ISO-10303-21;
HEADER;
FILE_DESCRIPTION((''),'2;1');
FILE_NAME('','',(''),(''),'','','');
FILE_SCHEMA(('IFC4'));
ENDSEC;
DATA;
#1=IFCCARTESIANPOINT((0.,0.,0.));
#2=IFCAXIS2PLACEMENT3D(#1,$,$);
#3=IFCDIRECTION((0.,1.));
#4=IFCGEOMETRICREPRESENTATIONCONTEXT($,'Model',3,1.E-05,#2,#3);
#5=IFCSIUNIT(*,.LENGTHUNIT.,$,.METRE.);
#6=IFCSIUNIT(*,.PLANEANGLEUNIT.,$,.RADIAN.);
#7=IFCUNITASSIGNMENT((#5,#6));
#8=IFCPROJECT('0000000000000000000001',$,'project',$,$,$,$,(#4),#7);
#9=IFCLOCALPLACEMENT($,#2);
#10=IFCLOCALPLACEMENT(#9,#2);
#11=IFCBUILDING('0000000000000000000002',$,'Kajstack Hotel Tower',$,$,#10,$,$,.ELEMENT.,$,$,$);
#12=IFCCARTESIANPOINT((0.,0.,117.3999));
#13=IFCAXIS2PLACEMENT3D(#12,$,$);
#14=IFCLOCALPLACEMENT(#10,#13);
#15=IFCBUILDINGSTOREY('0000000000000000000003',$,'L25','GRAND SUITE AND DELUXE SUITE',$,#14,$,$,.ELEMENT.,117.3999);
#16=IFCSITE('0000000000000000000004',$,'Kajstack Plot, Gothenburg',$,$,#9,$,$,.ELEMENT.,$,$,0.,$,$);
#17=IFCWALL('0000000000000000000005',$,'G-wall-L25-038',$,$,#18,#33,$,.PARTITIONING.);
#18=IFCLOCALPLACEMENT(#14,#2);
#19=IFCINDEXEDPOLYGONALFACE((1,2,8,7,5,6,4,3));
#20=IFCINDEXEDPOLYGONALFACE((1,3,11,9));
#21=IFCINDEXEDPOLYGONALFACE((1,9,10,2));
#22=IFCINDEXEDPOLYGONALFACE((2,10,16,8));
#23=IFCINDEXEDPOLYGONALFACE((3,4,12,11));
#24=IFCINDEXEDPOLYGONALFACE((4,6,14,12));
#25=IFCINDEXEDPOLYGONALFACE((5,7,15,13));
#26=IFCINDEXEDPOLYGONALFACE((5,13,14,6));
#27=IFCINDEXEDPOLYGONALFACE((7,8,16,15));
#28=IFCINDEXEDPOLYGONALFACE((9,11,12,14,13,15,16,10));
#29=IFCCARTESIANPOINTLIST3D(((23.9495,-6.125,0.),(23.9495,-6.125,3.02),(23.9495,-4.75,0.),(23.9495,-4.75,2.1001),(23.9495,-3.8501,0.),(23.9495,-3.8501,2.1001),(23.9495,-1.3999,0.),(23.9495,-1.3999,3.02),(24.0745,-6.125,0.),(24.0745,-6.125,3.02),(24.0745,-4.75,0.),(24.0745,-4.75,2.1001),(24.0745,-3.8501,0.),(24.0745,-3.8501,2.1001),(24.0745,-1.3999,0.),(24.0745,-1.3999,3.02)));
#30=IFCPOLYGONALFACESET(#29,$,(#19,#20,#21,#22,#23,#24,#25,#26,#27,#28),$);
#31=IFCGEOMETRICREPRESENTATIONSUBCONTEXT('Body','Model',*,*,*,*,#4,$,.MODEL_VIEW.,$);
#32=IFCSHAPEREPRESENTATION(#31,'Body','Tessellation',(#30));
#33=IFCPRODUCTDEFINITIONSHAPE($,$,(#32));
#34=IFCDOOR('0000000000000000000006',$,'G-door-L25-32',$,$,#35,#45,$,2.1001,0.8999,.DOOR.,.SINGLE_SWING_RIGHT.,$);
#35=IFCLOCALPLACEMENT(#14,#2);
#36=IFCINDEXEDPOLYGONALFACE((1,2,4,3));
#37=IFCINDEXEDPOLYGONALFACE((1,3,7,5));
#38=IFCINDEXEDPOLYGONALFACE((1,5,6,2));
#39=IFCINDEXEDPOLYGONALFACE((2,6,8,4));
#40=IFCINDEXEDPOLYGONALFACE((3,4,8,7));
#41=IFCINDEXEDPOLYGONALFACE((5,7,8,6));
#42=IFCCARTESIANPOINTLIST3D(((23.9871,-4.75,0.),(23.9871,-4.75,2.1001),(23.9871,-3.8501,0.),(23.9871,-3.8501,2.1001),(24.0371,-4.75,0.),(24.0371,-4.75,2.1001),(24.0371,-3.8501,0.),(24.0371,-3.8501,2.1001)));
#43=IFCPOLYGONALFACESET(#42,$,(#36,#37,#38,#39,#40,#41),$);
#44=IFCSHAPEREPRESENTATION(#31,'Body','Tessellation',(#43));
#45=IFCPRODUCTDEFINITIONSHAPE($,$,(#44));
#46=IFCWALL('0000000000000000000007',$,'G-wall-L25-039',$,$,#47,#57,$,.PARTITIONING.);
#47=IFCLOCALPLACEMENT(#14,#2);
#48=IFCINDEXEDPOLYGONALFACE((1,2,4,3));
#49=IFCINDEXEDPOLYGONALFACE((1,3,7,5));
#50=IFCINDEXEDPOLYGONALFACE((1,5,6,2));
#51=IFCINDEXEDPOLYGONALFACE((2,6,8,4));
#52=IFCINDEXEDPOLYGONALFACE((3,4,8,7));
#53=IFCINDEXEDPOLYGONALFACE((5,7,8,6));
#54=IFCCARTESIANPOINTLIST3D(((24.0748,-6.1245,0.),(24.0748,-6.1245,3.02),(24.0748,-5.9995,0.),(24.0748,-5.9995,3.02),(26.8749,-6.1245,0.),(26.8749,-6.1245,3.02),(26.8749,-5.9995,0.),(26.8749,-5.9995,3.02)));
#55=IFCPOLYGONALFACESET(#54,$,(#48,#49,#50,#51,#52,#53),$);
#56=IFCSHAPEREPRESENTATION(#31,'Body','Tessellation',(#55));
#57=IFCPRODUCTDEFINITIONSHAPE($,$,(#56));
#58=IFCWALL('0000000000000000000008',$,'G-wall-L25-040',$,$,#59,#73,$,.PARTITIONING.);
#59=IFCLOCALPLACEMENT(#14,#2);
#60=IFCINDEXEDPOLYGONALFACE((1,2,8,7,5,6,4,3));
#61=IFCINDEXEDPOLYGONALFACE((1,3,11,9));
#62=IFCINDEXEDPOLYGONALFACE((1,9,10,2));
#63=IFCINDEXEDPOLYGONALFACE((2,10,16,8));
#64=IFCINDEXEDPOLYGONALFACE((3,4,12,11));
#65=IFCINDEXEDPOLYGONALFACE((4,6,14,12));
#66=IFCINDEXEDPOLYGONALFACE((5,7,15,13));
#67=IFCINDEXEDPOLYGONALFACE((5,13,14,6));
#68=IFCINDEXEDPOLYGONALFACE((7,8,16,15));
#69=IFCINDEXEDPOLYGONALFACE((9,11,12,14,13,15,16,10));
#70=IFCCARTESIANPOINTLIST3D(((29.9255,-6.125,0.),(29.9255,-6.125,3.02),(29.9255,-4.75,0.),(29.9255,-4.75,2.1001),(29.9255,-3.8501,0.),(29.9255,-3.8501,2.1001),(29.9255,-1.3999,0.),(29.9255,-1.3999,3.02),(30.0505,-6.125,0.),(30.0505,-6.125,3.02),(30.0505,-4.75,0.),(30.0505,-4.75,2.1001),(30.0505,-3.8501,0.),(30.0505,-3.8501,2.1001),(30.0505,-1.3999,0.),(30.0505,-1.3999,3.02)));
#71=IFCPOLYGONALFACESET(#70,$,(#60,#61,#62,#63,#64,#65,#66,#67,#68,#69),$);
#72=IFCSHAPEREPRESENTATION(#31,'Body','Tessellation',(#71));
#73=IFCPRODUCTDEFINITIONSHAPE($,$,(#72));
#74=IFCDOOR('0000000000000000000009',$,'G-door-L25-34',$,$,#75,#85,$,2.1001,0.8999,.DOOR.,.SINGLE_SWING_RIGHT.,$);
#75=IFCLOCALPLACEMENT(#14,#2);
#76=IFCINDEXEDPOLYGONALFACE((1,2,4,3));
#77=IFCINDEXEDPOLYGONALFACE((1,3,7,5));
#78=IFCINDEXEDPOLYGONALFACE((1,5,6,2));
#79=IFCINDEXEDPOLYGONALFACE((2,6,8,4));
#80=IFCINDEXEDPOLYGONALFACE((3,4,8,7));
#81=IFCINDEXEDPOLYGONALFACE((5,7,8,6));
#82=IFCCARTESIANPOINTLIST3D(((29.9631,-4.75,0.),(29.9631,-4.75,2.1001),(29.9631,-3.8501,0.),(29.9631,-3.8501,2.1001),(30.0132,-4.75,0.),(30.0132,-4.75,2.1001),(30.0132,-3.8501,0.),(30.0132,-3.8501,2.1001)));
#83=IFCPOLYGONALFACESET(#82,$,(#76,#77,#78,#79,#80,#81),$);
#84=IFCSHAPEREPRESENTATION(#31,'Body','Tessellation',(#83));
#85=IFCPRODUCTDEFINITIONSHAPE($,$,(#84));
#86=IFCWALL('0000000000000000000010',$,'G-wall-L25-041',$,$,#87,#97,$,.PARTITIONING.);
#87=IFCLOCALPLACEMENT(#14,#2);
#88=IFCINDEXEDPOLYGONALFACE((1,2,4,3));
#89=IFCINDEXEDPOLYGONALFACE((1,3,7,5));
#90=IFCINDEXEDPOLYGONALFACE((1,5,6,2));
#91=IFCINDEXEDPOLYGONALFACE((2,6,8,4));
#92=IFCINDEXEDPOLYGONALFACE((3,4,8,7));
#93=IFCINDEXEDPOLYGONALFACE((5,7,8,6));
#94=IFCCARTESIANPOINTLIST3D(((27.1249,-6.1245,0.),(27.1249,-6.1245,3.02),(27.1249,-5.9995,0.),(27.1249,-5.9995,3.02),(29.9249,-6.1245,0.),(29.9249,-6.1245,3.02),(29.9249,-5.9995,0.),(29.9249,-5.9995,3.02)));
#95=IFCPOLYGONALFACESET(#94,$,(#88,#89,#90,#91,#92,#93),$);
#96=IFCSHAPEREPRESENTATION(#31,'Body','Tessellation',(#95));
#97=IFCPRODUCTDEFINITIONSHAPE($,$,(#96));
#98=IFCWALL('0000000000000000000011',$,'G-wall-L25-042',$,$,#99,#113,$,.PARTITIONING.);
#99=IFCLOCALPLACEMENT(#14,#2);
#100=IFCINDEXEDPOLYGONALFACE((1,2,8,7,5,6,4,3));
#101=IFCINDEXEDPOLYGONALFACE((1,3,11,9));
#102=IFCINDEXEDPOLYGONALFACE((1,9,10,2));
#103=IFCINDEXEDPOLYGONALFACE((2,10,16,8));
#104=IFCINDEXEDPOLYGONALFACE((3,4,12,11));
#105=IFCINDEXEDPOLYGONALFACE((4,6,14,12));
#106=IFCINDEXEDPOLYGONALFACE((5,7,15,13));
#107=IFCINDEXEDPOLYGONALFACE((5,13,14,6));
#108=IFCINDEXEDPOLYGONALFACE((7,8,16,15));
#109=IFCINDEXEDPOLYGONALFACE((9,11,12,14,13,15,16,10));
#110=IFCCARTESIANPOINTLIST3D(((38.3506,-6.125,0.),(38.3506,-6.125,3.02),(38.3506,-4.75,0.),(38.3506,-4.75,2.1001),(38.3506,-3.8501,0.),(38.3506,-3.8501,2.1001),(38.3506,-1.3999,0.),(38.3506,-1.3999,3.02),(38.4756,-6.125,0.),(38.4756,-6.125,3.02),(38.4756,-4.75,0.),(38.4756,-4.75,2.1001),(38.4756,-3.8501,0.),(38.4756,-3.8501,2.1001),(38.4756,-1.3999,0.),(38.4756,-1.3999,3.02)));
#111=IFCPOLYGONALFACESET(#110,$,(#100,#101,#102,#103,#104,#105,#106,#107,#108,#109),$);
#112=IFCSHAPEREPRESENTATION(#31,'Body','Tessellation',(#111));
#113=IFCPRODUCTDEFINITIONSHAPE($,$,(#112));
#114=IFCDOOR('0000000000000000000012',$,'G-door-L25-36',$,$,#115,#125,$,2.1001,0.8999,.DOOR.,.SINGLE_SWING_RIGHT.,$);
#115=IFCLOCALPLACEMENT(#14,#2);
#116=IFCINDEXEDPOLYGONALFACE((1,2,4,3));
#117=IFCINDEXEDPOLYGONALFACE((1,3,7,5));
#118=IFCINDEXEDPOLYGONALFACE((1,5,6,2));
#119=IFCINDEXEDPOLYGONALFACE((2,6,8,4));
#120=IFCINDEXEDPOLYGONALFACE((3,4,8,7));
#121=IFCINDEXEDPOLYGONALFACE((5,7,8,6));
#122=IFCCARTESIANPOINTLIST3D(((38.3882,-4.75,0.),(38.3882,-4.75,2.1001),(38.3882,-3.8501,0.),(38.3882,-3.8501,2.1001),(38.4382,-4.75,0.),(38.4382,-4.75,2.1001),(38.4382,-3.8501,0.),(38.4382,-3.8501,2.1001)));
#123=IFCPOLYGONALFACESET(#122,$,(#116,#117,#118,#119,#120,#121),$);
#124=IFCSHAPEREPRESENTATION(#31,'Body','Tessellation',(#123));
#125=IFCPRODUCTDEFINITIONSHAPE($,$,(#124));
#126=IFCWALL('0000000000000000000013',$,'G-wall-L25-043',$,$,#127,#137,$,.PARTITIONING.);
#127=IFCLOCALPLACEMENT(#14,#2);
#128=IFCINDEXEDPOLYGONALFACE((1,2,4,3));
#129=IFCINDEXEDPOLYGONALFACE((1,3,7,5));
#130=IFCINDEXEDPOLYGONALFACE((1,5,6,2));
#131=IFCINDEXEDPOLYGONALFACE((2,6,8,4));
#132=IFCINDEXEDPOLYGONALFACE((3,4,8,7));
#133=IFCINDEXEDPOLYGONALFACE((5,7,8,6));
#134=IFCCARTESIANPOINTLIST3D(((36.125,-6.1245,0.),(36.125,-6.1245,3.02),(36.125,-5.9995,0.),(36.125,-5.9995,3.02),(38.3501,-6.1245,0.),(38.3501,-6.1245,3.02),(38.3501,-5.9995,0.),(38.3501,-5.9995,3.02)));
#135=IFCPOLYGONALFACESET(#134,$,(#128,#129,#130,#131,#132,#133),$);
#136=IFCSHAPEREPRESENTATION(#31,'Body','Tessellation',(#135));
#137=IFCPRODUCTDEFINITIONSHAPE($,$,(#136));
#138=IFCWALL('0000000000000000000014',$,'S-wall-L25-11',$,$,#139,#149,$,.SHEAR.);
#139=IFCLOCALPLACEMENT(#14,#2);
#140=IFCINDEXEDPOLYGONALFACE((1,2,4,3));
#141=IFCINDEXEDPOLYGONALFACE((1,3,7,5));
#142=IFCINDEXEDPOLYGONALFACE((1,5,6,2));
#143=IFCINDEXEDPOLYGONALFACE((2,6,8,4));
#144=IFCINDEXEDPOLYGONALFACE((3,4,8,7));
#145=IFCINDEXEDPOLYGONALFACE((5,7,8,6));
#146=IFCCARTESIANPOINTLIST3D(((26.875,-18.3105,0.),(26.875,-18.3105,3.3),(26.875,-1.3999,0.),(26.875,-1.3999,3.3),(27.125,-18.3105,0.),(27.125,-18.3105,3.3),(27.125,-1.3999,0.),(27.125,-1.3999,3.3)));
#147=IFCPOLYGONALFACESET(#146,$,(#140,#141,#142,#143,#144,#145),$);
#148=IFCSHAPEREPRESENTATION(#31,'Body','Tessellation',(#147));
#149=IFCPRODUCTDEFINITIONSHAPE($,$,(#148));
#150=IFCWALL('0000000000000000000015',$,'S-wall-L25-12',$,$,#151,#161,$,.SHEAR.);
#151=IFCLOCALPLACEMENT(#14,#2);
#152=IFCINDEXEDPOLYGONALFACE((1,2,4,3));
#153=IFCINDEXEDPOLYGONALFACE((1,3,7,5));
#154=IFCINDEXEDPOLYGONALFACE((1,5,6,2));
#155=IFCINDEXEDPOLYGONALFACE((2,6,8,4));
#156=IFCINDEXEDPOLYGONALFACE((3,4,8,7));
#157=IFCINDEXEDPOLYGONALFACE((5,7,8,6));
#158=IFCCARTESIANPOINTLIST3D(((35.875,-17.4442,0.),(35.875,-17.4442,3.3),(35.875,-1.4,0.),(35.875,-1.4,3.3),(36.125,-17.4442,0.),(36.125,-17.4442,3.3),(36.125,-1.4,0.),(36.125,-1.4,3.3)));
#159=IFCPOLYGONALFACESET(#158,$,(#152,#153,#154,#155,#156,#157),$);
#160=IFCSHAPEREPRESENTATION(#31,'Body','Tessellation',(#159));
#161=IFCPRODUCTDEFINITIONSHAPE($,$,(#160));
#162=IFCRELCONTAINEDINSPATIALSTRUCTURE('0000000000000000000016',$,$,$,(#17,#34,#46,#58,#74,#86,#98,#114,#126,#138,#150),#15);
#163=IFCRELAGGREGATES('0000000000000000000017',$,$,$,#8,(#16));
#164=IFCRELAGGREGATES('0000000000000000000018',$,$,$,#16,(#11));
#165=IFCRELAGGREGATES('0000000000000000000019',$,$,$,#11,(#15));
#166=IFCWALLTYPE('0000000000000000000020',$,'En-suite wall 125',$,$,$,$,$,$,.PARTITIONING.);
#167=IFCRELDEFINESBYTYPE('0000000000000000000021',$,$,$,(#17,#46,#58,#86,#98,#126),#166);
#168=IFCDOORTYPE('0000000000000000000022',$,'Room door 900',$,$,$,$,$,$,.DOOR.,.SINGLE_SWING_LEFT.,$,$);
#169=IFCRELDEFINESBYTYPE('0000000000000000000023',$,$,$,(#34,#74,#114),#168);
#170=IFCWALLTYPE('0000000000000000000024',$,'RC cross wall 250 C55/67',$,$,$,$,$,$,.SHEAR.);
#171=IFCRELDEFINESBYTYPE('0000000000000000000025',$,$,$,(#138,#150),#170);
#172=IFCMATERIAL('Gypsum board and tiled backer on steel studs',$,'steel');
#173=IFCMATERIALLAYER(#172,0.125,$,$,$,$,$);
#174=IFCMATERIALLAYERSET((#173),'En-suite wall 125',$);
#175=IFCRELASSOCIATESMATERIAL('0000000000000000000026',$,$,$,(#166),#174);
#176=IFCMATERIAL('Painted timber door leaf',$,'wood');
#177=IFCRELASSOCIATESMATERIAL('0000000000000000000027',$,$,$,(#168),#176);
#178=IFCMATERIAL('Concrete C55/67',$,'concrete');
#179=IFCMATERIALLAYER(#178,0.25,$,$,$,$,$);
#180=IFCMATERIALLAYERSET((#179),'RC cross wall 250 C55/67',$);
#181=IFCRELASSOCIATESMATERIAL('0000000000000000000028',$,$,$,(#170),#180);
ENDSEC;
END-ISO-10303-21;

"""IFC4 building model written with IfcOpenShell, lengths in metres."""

from ifc_helpers import new_model, si_unit, direction, frame, frame_2d, origin, place, context, subcontext, project, spatial, rectangle, extrude, material, layer, layer_set, type_object, element, fill, save


model = new_model("IFC4")

# Units and contexts
model_context = context("Model", 3, precision=1e-05, world=origin(), true_north=direction((0.0, 1.0)))
body_context = subcontext(model_context, "Body", "Model", "MODEL_VIEW")
ifc_project = project(units=[si_unit("LENGTHUNIT", "METRE"), si_unit("PLANEANGLEUNIT", "RADIAN")], contexts=[model_context])

# Site, building, storey
site_placement = place(None, origin())
site = spatial("IfcSite", under=ifc_project, at=site_placement, Name="Kajstack Plot, Gothenburg", CompositionType="ELEMENT", RefElevation=0.0)
building_placement = place(site_placement, origin())
building = spatial("IfcBuilding", under=site, at=building_placement, Name="Kajstack Hotel Tower", CompositionType="ELEMENT")
storey_placement = place(building_placement, frame((0.0, 0.0, 117.3999)))
storey = spatial("IfcBuildingStorey", under=building, at=storey_placement, Name="L25", Description="GRAND SUITE AND DELUXE SUITE", CompositionType="ELEMENT", Elevation=117.3999)

# Wall, opening, door
ifc_material_1 = material(Name="Gypsum board and tiled backer on steel studs", Category="steel")
ifc_layer_1 = layer(ifc_material_1, 0.125)
ifc_layer_set_1 = layer_set([ifc_layer_1], Name="En-suite wall 125")
wall_type_1 = type_object("IfcWallType", Name="En-suite wall 125", PredefinedType="PARTITIONING", material=ifc_layer_set_1)
wall_1_placement = place(storey_placement, frame((24.012, -6.125, 0.0), z_axis=(0.0, 0.0, 1.0), x_axis=(0.0, 1.0, 0.0)))
wall_1 = element("IfcWall", 1, at=wall_1_placement, inside=storey, type_object=wall_type_1, Name="G-wall-L25-038", PredefinedType="PARTITIONING", context=body_context, shape_type="SweptSolid", body=[
    extrude(rectangle(XDim=4.7251, YDim=0.125, at=frame_2d((2.3625, 0.0))), origin(), (0.0, 0.0, 1.0), 3.02),
])
opening_1_placement = place(wall_1_placement, frame((1.375, 0.0, 0.0)))
opening_1 = element("IfcOpeningElement", 2, at=opening_1_placement, cuts=wall_1, PredefinedType="OPENING", context=body_context, shape_type="SweptSolid", body=[
    extrude(rectangle(XDim=0.8999, YDim=2.1001, at=frame_2d((0.45, 1.05))), frame((0.0, 0.0725, 0.0), z_axis=(0.0, -1.0, 0.0), x_axis=(1.0, 0.0, 0.0)), (0.0, 0.0, 1.0), 0.145),
])
ifc_material_2 = material(Name="Painted timber door leaf", Category="wood")
door_type_1 = type_object("IfcDoorType", Name="Room door 900", OperationType="SINGLE_SWING_LEFT", PredefinedType="DOOR", material=ifc_material_2)
door_1_placement = place(opening_1_placement, origin())
door_1 = element("IfcDoor", 3, at=door_1_placement, inside=storey, type_object=door_type_1, Name="G-door-L25-32", OperationType="SINGLE_SWING_RIGHT", OverallHeight=2.1001, OverallWidth=0.8999, PredefinedType="DOOR", context=body_context, shape_type="SweptSolid", body=[
    extrude(rectangle(XDim=0.8999, YDim=2.1001, at=frame_2d((0.45, 1.05))), frame((0.0, 0.0249, 0.0), z_axis=(0.0, -1.0, 0.0), x_axis=(1.0, 0.0, 0.0)), (0.0, 0.0, 1.0), 0.05),
])
fill(opening_1, door_1)

# Wall
wall_2_placement = place(storey_placement, frame((24.075, -6.062, 0.0), z_axis=(0.0, 0.0, 1.0), x_axis=(1.0, 0.0, 0.0)))
element("IfcWall", 4, at=wall_2_placement, inside=storey, type_object=wall_type_1, Name="G-wall-L25-039", PredefinedType="PARTITIONING", context=body_context, shape_type="SweptSolid", body=[
    extrude(rectangle(XDim=2.8, YDim=0.125, at=frame_2d((1.3999, 0.0))), origin(), (0.0, 0.0, 1.0), 3.02),
])

# Wall, opening, door
wall_3_placement = place(storey_placement, frame((29.988, -6.125, 0.0), z_axis=(0.0, 0.0, 1.0), x_axis=(0.0, 1.0, 0.0)))
wall_3 = element("IfcWall", 5, at=wall_3_placement, inside=storey, type_object=wall_type_1, Name="G-wall-L25-040", PredefinedType="PARTITIONING", context=body_context, shape_type="SweptSolid", body=[
    extrude(rectangle(XDim=4.7251, YDim=0.125, at=frame_2d((2.3625, 0.0))), origin(), (0.0, 0.0, 1.0), 3.02),
])
opening_2_placement = place(wall_3_placement, frame((1.375, 0.0, 0.0)))
opening_2 = element("IfcOpeningElement", 6, at=opening_2_placement, cuts=wall_3, PredefinedType="OPENING", context=body_context, shape_type="SweptSolid", body=[
    extrude(rectangle(XDim=0.8999, YDim=2.1001, at=frame_2d((0.45, 1.05))), frame((0.0, 0.0725, 0.0), z_axis=(0.0, -1.0, 0.0), x_axis=(1.0, 0.0, 0.0)), (0.0, 0.0, 1.0), 0.145),
])
door_2_placement = place(opening_2_placement, origin())
door_2 = element("IfcDoor", 7, at=door_2_placement, inside=storey, type_object=door_type_1, Name="G-door-L25-34", OperationType="SINGLE_SWING_RIGHT", OverallHeight=2.1001, OverallWidth=0.8999, PredefinedType="DOOR", context=body_context, shape_type="SweptSolid", body=[
    extrude(rectangle(XDim=0.8999, YDim=2.1001, at=frame_2d((0.45, 1.05))), frame((0.0, 0.0249, 0.0), z_axis=(0.0, -1.0, 0.0), x_axis=(1.0, 0.0, 0.0)), (0.0, 0.0, 1.0), 0.05),
])
fill(opening_2, door_2)

# Wall
wall_4_placement = place(storey_placement, frame((27.125, -6.062, 0.0), z_axis=(0.0, 0.0, 1.0), x_axis=(1.0, 0.0, 0.0)))
element("IfcWall", 8, at=wall_4_placement, inside=storey, type_object=wall_type_1, Name="G-wall-L25-041", PredefinedType="PARTITIONING", context=body_context, shape_type="SweptSolid", body=[
    extrude(rectangle(XDim=2.8, YDim=0.125, at=frame_2d((1.3999, 0.0))), origin(), (0.0, 0.0, 1.0), 3.02),
])

# Wall, opening, door
wall_5_placement = place(storey_placement, frame((38.4131, -6.125, 0.0), z_axis=(0.0, 0.0, 1.0), x_axis=(0.0, 1.0, 0.0)))
wall_5 = element("IfcWall", 9, at=wall_5_placement, inside=storey, type_object=wall_type_1, Name="G-wall-L25-042", PredefinedType="PARTITIONING", context=body_context, shape_type="SweptSolid", body=[
    extrude(rectangle(XDim=4.7251, YDim=0.125, at=frame_2d((2.3625, 0.0))), origin(), (0.0, 0.0, 1.0), 3.02),
])
opening_3_placement = place(wall_5_placement, frame((1.375, 0.0, 0.0)))
opening_3 = element("IfcOpeningElement", 10, at=opening_3_placement, cuts=wall_5, PredefinedType="OPENING", context=body_context, shape_type="SweptSolid", body=[
    extrude(rectangle(XDim=0.8999, YDim=2.1001, at=frame_2d((0.45, 1.05))), frame((0.0, 0.0725, 0.0), z_axis=(0.0, -1.0, 0.0), x_axis=(1.0, 0.0, 0.0)), (0.0, 0.0, 1.0), 0.145),
])
door_3_placement = place(opening_3_placement, origin())
door_3 = element("IfcDoor", 11, at=door_3_placement, inside=storey, type_object=door_type_1, Name="G-door-L25-36", OperationType="SINGLE_SWING_RIGHT", OverallHeight=2.1001, OverallWidth=0.8999, PredefinedType="DOOR", context=body_context, shape_type="SweptSolid", body=[
    extrude(rectangle(XDim=0.8999, YDim=2.1001, at=frame_2d((0.45, 1.05))), frame((0.0, 0.0249, 0.0), z_axis=(0.0, -1.0, 0.0), x_axis=(1.0, 0.0, 0.0)), (0.0, 0.0, 1.0), 0.05),
])
fill(opening_3, door_3)

# Walls
wall_6_placement = place(storey_placement, frame((36.125, -6.062, 0.0), z_axis=(0.0, 0.0, 1.0), x_axis=(1.0, 0.0, 0.0)))
element("IfcWall", 12, at=wall_6_placement, inside=storey, type_object=wall_type_1, Name="G-wall-L25-043", PredefinedType="PARTITIONING", context=body_context, shape_type="SweptSolid", body=[
    extrude(rectangle(XDim=2.2251, YDim=0.125, at=frame_2d((1.1125, 0.0))), origin(), (0.0, 0.0, 1.0), 3.02),
])
ifc_material_3 = material(Name="Concrete C55/67", Category="concrete")
ifc_layer_2 = layer(ifc_material_3, 0.25)
ifc_layer_set_2 = layer_set([ifc_layer_2], Name="RC cross wall 250 C55/67")
wall_type_2 = type_object("IfcWallType", Name="RC cross wall 250 C55/67", PredefinedType="SHEAR", material=ifc_layer_set_2)
wall_7_placement = place(storey_placement, frame((27.0, -18.3105, 0.0), z_axis=(0.0, 0.0, 1.0), x_axis=(0.0, 1.0, 0.0)))
element("IfcWall", 13, at=wall_7_placement, inside=storey, type_object=wall_type_2, Name="S-wall-L25-11", PredefinedType="SHEAR", context=body_context, shape_type="SweptSolid", body=[
    extrude(rectangle(XDim=16.9106, YDim=0.25, at=frame_2d((8.4553, 0.0))), origin(), (0.0, 0.0, 1.0), 3.3),
])
wall_8_placement = place(storey_placement, frame((36.0, -17.4441, 0.0), z_axis=(0.0, 0.0, 1.0), x_axis=(0.0, 1.0, 0.0)))
element("IfcWall", 14, at=wall_8_placement, inside=storey, type_object=wall_type_2, Name="S-wall-L25-12", PredefinedType="SHEAR", context=body_context, shape_type="SweptSolid", body=[
    extrude(rectangle(XDim=16.0442, YDim=0.25, at=frame_2d((8.022, 0.0))), origin(), (0.0, 0.0, 1.0), 3.3),
])

save(model, "model.ifc")
